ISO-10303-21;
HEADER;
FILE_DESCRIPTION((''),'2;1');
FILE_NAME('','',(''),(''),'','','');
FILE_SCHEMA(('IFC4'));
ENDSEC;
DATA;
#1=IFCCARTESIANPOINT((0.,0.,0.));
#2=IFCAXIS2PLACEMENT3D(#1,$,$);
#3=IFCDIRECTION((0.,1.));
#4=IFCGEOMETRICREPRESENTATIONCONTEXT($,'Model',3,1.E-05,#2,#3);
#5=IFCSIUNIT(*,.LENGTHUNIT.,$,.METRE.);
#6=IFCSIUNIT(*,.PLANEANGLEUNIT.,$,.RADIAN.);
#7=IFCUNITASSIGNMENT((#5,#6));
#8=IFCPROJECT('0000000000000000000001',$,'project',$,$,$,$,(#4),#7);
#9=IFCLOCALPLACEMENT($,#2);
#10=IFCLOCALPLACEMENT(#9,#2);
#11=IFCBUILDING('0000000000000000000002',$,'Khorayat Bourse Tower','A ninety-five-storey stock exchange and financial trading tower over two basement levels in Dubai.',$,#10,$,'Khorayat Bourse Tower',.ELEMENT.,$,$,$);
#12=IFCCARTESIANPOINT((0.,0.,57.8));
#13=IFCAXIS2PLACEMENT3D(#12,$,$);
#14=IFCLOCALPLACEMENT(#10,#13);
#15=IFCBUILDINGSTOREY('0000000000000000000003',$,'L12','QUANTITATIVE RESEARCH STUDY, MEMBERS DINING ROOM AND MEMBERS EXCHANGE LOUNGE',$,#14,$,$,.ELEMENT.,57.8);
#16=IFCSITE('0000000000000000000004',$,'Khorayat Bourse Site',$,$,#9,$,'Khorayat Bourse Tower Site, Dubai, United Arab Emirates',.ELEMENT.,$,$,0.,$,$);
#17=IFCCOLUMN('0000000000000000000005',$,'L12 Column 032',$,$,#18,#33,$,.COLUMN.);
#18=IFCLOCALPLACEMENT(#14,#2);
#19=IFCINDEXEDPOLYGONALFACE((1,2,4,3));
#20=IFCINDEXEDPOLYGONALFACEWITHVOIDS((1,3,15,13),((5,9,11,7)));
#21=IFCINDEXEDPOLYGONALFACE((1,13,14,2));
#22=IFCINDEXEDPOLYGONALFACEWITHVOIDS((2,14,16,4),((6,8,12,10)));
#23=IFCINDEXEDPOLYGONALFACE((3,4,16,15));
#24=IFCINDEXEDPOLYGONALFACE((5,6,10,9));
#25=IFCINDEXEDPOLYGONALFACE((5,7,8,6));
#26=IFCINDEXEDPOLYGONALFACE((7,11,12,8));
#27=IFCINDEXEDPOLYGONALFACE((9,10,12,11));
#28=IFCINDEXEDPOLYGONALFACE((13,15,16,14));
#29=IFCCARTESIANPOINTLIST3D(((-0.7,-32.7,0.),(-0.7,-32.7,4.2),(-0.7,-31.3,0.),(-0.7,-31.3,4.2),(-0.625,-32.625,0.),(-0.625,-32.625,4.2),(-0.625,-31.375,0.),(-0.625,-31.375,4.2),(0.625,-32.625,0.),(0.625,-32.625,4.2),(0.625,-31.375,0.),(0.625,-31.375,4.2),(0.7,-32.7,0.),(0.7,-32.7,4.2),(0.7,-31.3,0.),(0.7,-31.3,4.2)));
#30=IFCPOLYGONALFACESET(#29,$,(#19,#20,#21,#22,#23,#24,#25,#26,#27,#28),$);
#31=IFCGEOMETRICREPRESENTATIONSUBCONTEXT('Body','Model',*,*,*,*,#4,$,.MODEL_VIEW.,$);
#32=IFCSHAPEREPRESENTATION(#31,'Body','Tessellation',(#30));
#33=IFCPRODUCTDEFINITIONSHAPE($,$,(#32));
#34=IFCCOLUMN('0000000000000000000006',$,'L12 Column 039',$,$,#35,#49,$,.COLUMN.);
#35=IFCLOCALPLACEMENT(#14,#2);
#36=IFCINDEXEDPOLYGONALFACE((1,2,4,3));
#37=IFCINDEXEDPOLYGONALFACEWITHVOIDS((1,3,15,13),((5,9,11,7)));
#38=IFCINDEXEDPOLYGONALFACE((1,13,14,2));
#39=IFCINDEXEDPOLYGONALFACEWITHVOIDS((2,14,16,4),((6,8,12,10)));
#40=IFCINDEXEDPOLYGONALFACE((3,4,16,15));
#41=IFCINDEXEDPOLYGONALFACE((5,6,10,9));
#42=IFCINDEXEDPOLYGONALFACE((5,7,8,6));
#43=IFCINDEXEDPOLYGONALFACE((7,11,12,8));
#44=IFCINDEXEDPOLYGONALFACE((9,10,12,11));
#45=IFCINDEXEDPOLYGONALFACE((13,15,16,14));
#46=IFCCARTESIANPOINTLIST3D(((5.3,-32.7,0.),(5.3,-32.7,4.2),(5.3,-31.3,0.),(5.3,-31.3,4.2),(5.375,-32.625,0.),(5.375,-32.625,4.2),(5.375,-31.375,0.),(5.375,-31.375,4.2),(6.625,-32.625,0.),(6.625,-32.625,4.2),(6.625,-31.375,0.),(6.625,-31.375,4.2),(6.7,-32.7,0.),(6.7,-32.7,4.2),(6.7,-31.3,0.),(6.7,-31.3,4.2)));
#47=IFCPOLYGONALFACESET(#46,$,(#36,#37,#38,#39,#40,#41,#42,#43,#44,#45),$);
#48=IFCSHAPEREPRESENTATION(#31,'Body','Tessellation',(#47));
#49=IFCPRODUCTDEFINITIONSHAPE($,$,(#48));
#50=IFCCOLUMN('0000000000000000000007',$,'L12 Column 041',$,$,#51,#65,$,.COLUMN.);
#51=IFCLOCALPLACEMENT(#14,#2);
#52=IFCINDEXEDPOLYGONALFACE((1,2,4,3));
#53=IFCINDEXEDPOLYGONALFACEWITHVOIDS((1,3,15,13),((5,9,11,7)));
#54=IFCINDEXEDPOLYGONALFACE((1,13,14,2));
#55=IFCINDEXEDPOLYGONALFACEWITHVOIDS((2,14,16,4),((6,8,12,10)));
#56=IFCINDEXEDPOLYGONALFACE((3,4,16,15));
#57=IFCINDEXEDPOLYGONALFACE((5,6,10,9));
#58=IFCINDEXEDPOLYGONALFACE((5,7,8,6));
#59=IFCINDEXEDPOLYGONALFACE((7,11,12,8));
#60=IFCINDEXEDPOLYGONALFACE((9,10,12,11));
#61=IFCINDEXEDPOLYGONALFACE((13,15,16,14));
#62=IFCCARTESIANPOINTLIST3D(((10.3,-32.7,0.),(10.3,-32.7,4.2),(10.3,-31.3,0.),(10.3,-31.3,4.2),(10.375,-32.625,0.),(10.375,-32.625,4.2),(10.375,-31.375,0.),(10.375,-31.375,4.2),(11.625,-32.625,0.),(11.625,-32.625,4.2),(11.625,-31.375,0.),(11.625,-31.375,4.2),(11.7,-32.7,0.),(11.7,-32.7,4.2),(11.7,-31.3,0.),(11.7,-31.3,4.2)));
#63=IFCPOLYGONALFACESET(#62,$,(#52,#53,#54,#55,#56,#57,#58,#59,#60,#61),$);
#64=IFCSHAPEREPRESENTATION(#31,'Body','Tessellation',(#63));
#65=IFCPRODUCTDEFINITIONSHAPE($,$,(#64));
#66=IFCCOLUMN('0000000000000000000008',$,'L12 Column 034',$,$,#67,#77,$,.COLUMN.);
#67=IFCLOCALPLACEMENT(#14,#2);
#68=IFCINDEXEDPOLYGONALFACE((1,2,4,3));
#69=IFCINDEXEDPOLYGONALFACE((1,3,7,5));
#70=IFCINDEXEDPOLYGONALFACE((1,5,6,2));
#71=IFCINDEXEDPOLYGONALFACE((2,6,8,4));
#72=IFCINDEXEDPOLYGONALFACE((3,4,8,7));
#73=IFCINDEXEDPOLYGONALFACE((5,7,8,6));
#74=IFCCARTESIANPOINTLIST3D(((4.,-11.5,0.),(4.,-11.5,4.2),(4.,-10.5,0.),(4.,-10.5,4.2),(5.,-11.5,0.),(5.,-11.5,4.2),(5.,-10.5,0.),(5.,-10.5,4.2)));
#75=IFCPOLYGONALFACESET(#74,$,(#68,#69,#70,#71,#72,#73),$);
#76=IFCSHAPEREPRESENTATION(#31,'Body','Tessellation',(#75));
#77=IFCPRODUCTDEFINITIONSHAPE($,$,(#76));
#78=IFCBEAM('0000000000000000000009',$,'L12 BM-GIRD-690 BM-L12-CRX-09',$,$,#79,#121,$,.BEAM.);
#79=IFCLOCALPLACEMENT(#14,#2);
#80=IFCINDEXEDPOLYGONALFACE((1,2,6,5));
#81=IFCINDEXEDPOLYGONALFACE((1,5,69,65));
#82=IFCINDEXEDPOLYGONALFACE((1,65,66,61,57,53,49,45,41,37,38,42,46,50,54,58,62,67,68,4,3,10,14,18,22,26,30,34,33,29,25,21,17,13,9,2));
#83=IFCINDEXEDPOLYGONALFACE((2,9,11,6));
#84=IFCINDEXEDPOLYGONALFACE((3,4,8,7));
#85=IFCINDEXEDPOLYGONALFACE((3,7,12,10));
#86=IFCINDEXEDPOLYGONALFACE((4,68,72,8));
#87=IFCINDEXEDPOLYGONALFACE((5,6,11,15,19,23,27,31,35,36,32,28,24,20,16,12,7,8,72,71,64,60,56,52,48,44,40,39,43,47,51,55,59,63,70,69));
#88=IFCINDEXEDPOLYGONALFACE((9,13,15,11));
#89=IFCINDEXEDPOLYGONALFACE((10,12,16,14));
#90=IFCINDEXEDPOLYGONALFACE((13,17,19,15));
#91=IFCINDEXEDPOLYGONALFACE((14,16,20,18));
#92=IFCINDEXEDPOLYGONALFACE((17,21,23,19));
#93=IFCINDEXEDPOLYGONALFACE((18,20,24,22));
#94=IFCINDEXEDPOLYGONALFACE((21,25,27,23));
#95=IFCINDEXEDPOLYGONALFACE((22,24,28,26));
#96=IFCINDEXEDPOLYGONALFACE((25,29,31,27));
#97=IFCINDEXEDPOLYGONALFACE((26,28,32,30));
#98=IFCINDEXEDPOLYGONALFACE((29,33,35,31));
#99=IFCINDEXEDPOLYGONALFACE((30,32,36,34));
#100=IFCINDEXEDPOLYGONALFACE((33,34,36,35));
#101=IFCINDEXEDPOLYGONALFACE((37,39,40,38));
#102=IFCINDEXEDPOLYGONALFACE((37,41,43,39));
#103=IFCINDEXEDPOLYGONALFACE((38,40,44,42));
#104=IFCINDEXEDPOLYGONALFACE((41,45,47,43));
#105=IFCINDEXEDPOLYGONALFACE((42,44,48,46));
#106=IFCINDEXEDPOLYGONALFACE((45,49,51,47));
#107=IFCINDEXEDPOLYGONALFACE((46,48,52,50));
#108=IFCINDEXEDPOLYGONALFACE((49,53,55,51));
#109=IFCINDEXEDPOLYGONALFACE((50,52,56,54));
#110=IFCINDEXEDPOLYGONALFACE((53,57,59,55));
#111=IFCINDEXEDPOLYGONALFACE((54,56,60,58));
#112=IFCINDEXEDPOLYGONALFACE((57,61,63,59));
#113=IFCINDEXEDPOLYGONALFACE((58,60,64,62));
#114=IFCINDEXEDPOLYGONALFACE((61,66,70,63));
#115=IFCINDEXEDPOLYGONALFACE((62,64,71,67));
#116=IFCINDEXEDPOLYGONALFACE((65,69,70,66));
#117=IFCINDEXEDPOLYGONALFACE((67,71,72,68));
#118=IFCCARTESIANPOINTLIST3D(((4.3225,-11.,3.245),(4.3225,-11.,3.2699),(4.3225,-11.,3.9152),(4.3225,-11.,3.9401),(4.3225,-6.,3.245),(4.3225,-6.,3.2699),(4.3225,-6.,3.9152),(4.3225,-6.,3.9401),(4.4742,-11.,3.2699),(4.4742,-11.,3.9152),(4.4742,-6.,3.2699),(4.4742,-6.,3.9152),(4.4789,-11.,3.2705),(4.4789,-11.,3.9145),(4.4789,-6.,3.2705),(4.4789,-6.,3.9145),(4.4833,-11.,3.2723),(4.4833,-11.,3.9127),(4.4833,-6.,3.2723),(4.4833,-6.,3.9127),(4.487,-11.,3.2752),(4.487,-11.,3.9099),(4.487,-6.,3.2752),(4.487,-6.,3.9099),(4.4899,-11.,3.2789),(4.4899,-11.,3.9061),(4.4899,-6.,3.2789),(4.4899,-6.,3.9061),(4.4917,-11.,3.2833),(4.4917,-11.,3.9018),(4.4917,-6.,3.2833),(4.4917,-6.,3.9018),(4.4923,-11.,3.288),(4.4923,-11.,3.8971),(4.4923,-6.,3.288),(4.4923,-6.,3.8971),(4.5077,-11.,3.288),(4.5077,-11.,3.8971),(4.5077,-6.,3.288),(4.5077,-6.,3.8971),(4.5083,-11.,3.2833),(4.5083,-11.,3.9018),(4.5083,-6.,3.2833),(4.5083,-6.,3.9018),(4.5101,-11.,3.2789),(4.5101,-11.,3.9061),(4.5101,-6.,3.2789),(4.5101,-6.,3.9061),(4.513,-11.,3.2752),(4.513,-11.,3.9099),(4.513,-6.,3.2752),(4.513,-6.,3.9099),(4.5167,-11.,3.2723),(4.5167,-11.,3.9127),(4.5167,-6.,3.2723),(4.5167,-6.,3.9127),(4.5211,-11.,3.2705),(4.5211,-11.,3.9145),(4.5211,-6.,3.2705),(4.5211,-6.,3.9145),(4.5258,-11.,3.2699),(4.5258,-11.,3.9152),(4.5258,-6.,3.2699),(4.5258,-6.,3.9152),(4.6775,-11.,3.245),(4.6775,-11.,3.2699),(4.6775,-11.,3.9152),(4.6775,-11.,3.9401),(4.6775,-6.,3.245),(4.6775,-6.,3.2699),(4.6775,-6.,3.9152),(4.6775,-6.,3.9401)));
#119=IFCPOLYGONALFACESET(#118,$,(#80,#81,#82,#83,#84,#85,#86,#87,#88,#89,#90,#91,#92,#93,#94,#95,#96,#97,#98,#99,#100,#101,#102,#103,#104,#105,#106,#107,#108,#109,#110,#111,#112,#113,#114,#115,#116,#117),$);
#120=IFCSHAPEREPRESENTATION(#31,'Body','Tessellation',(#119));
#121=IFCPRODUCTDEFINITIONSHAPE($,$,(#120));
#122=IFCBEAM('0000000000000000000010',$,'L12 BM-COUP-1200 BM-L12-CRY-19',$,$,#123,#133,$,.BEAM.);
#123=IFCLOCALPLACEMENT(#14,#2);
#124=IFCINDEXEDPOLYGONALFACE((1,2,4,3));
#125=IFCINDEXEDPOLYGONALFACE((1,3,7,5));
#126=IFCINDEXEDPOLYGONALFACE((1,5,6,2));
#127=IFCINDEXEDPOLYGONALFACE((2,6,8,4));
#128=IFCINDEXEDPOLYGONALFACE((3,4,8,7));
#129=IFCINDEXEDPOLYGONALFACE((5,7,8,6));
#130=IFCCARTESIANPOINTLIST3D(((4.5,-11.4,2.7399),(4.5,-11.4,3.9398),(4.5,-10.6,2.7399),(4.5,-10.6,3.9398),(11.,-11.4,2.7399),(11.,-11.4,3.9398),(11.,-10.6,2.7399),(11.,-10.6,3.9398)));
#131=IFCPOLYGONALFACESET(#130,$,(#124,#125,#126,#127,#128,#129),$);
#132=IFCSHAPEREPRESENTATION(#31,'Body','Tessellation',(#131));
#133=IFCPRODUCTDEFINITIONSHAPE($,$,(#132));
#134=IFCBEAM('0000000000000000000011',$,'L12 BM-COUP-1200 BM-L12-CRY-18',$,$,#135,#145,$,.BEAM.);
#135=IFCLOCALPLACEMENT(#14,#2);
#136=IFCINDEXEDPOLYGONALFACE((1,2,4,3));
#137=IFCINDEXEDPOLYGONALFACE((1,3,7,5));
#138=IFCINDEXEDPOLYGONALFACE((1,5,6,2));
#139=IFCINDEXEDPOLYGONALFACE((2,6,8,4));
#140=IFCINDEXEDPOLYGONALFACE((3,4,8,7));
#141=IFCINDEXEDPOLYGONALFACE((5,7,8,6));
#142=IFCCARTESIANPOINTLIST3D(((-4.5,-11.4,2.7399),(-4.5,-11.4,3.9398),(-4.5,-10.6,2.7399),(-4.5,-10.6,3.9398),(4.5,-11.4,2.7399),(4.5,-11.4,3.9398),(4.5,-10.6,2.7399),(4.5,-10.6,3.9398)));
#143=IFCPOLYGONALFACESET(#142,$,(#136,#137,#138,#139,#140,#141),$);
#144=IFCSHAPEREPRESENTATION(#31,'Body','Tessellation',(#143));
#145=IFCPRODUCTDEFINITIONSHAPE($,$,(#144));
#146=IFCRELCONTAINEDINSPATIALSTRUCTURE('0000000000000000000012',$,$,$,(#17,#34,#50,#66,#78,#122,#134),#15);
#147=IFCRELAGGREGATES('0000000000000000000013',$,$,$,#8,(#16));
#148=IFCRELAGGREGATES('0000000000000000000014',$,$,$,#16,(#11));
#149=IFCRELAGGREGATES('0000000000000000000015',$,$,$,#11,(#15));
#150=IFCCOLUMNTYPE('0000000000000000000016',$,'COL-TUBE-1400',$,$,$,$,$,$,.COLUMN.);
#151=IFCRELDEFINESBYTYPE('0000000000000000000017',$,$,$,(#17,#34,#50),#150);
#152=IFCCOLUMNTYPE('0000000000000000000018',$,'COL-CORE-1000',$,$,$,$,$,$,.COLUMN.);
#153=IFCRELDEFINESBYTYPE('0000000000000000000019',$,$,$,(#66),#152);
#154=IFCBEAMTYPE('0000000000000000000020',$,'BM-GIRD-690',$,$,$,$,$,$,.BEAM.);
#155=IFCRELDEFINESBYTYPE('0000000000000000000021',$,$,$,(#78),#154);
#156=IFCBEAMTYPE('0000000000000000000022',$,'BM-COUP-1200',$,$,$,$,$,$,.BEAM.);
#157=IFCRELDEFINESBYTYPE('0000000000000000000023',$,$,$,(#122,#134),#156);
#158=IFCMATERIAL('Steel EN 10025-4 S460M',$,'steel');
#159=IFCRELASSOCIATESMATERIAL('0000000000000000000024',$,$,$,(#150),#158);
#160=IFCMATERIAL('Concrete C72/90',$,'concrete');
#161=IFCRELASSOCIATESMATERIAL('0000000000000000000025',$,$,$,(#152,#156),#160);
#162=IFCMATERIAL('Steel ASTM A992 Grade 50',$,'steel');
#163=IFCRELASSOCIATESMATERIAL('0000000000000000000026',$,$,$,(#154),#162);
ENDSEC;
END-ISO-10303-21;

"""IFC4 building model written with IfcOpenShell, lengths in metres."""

from ifc_helpers import new_model, si_unit, direction, frame, origin, origin_2d, place, context, subcontext, project, spatial, rectangle, hollow_rectangle, i_section, extrude, source, transform, mapped, material, material_profile, profile_set, type_object, element, save


model = new_model("IFC4")

# Units and contexts
model_context = context("Model", 3, precision=1e-05, world=origin(), true_north=direction((0.0, 1.0)))
body_context = subcontext(model_context, "Body", "Model", "MODEL_VIEW")
ifc_project = project(units=[si_unit("LENGTHUNIT", "METRE"), si_unit("PLANEANGLEUNIT", "RADIAN")], contexts=[model_context])

# Site, building, storey
site_placement = place(None, origin())
site = spatial("IfcSite", under=ifc_project, at=site_placement, Name="Khorayat Bourse Site", LongName="Khorayat Bourse Tower Site, Dubai, United Arab Emirates", CompositionType="ELEMENT", RefElevation=0.0)
building_placement = place(site_placement, origin())
building = spatial("IfcBuilding", under=site, at=building_placement, Name="Khorayat Bourse Tower", Description="A ninety-five-storey stock exchange and financial trading tower over two basement levels in Dubai.", LongName="Khorayat Bourse Tower", CompositionType="ELEMENT")
storey_placement = place(building_placement, frame((0.0, 0.0, 57.8)))
storey = spatial("IfcBuildingStorey", under=building, at=storey_placement, Name="L12", Description="QUANTITATIVE RESEARCH STUDY, MEMBERS DINING ROOM AND MEMBERS EXCHANGE LOUNGE", CompositionType="ELEMENT", Elevation=57.8)

# Columns
ifc_material_1 = material(Name="Steel EN 10025-4 S460M", Category="steel")
ifc_material_profile_1 = material_profile(ifc_material_1, hollow_rectangle(XDim=1.3999, YDim=1.3999, WallThickness=0.075, at=origin_2d()), Name="BOX 1400x1400x75")
ifc_profile_set_1 = profile_set([ifc_material_profile_1], Name="Steel EN 10025-4 S460M")
column_type_1 = type_object("IfcColumnType", Name="COL-TUBE-1400", PredefinedType="COLUMN", material=ifc_profile_set_1)
shared_shape_1 = source(origin(), body_context, "Body", "SweptSolid", [
    extrude(hollow_rectangle(XDim=1.3999, YDim=1.3999, WallThickness=0.075, at=origin_2d()), origin(), (0.0, 0.0, 1.0), 4.2),
])
for number, where, z_axis, x_axis, name in (
    (1, (0.0, -32.0, 0.0), (0.0, 0.0, 1.0), (1.0, 0.0, 0.0), "L12 Column 032"),
    (2, (6.0, -32.0, 0.0), (0.0, 0.0, 1.0), (1.0, 0.0, 0.0), "L12 Column 039"),
    (3, (11.0, -32.0, 0.0), (0.0, 0.0, 1.0), (1.0, 0.0, 0.0), "L12 Column 041"),
):
    element("IfcColumn", number, at=place(storey_placement, frame(where, z_axis=z_axis, x_axis=x_axis)), inside=storey, type_object=column_type_1, Name=name, PredefinedType="COLUMN", context=body_context, shape_type="MappedRepresentation", body=[
        mapped(shared_shape_1, transform((0.0, 0.0, 0.0), scale=1.0)),
    ])
ifc_material_2 = material(Name="Concrete C72/90", Category="concrete")
ifc_material_profile_2 = material_profile(ifc_material_2, rectangle(XDim=1.0, YDim=1.0, at=origin_2d()), Name="RC 1000x1000")
ifc_profile_set_2 = profile_set([ifc_material_profile_2], Name="Concrete C72/90")
column_type_2 = type_object("IfcColumnType", Name="COL-CORE-1000", PredefinedType="COLUMN", material=ifc_profile_set_2)
shared_shape_2 = source(origin(), body_context, "Body", "SweptSolid", [
    extrude(rectangle(XDim=1.0, YDim=1.0, at=origin_2d()), origin(), (0.0, 0.0, 1.0), 4.2),
])
column_placement = place(storey_placement, frame((4.5, -11.0, 0.0), z_axis=(0.0, 0.0, 1.0), x_axis=(1.0, 0.0, 0.0)))
element("IfcColumn", 4, at=column_placement, inside=storey, type_object=column_type_2, Name="L12 Column 034", PredefinedType="COLUMN", context=body_context, shape_type="MappedRepresentation", body=[
    mapped(shared_shape_2, transform((0.0, 0.0, 0.0), scale=1.0)),
])

# Beams
ifc_material_3 = material(Name="Steel ASTM A992 Grade 50", Category="steel")
ifc_material_profile_3 = material_profile(ifc_material_3, i_section(OverallWidth=0.355, OverallDepth=0.6951, WebThickness=0.0154, FlangeThickness=0.0249, FilletRadius=0.0181, at=origin_2d()), Name="W690X217")
ifc_profile_set_3 = profile_set([ifc_material_profile_3], Name="Steel ASTM A992 Grade 50")
beam_type_1 = type_object("IfcBeamType", Name="BM-GIRD-690", PredefinedType="BEAM", material=ifc_profile_set_3)
shared_shape_3 = source(origin(), body_context, "Body", "SweptSolid", [
    extrude(i_section(OverallWidth=0.355, OverallDepth=0.6951, WebThickness=0.0154, FlangeThickness=0.0249, FilletRadius=0.0181, at=origin_2d()), origin(), (0.0, 0.0, 1.0), 5.0),
])
beam_1_placement = place(storey_placement, frame((4.5, -11.0, 3.5925), z_axis=(0.0, 1.0, 0.0), x_axis=(-1.0, 0.0, 0.0)))
element("IfcBeam", 5, at=beam_1_placement, inside=storey, type_object=beam_type_1, Name="L12 BM-GIRD-690 BM-L12-CRX-09", PredefinedType="BEAM", context=body_context, shape_type="MappedRepresentation", body=[
    mapped(shared_shape_3, transform((0.0, 0.0, 0.0), scale=1.0)),
])
ifc_material_profile_4 = material_profile(ifc_material_2, rectangle(XDim=0.8, YDim=1.2, at=origin_2d()), Name="RC 800x1200")
ifc_profile_set_4 = profile_set([ifc_material_profile_4], Name="Concrete C72/90")
beam_type_2 = type_object("IfcBeamType", Name="BM-COUP-1200", PredefinedType="BEAM", material=ifc_profile_set_4)
shared_shape_4 = source(origin(), body_context, "Body", "SweptSolid", [
    extrude(rectangle(XDim=0.8, YDim=1.2, at=origin_2d()), origin(), (0.0, 0.0, 1.0), 6.5),
])
beam_2_placement = place(storey_placement, frame((4.5, -11.0, 3.3398), z_axis=(1.0, 0.0, 0.0), x_axis=(0.0, 1.0, 0.0)))
element("IfcBeam", 6, at=beam_2_placement, inside=storey, type_object=beam_type_2, Name="L12 BM-COUP-1200 BM-L12-CRY-19", PredefinedType="BEAM", context=body_context, shape_type="MappedRepresentation", body=[
    mapped(shared_shape_4, transform((0.0, 0.0, 0.0), scale=1.0)),
])
shared_shape_5 = source(origin(), body_context, "Body", "SweptSolid", [
    extrude(rectangle(XDim=0.8, YDim=1.2, at=origin_2d()), origin(), (0.0, 0.0, 1.0), 9.0),
])
beam_3_placement = place(storey_placement, frame((-4.5, -11.0, 3.3398), z_axis=(1.0, 0.0, 0.0), x_axis=(0.0, 1.0, 0.0)))
element("IfcBeam", 7, at=beam_3_placement, inside=storey, type_object=beam_type_2, Name="L12 BM-COUP-1200 BM-L12-CRY-18", PredefinedType="BEAM", context=body_context, shape_type="MappedRepresentation", body=[
    mapped(shared_shape_5, transform((0.0, 0.0, 0.0), scale=1.0)),
])

save(model, "model.ifc")
